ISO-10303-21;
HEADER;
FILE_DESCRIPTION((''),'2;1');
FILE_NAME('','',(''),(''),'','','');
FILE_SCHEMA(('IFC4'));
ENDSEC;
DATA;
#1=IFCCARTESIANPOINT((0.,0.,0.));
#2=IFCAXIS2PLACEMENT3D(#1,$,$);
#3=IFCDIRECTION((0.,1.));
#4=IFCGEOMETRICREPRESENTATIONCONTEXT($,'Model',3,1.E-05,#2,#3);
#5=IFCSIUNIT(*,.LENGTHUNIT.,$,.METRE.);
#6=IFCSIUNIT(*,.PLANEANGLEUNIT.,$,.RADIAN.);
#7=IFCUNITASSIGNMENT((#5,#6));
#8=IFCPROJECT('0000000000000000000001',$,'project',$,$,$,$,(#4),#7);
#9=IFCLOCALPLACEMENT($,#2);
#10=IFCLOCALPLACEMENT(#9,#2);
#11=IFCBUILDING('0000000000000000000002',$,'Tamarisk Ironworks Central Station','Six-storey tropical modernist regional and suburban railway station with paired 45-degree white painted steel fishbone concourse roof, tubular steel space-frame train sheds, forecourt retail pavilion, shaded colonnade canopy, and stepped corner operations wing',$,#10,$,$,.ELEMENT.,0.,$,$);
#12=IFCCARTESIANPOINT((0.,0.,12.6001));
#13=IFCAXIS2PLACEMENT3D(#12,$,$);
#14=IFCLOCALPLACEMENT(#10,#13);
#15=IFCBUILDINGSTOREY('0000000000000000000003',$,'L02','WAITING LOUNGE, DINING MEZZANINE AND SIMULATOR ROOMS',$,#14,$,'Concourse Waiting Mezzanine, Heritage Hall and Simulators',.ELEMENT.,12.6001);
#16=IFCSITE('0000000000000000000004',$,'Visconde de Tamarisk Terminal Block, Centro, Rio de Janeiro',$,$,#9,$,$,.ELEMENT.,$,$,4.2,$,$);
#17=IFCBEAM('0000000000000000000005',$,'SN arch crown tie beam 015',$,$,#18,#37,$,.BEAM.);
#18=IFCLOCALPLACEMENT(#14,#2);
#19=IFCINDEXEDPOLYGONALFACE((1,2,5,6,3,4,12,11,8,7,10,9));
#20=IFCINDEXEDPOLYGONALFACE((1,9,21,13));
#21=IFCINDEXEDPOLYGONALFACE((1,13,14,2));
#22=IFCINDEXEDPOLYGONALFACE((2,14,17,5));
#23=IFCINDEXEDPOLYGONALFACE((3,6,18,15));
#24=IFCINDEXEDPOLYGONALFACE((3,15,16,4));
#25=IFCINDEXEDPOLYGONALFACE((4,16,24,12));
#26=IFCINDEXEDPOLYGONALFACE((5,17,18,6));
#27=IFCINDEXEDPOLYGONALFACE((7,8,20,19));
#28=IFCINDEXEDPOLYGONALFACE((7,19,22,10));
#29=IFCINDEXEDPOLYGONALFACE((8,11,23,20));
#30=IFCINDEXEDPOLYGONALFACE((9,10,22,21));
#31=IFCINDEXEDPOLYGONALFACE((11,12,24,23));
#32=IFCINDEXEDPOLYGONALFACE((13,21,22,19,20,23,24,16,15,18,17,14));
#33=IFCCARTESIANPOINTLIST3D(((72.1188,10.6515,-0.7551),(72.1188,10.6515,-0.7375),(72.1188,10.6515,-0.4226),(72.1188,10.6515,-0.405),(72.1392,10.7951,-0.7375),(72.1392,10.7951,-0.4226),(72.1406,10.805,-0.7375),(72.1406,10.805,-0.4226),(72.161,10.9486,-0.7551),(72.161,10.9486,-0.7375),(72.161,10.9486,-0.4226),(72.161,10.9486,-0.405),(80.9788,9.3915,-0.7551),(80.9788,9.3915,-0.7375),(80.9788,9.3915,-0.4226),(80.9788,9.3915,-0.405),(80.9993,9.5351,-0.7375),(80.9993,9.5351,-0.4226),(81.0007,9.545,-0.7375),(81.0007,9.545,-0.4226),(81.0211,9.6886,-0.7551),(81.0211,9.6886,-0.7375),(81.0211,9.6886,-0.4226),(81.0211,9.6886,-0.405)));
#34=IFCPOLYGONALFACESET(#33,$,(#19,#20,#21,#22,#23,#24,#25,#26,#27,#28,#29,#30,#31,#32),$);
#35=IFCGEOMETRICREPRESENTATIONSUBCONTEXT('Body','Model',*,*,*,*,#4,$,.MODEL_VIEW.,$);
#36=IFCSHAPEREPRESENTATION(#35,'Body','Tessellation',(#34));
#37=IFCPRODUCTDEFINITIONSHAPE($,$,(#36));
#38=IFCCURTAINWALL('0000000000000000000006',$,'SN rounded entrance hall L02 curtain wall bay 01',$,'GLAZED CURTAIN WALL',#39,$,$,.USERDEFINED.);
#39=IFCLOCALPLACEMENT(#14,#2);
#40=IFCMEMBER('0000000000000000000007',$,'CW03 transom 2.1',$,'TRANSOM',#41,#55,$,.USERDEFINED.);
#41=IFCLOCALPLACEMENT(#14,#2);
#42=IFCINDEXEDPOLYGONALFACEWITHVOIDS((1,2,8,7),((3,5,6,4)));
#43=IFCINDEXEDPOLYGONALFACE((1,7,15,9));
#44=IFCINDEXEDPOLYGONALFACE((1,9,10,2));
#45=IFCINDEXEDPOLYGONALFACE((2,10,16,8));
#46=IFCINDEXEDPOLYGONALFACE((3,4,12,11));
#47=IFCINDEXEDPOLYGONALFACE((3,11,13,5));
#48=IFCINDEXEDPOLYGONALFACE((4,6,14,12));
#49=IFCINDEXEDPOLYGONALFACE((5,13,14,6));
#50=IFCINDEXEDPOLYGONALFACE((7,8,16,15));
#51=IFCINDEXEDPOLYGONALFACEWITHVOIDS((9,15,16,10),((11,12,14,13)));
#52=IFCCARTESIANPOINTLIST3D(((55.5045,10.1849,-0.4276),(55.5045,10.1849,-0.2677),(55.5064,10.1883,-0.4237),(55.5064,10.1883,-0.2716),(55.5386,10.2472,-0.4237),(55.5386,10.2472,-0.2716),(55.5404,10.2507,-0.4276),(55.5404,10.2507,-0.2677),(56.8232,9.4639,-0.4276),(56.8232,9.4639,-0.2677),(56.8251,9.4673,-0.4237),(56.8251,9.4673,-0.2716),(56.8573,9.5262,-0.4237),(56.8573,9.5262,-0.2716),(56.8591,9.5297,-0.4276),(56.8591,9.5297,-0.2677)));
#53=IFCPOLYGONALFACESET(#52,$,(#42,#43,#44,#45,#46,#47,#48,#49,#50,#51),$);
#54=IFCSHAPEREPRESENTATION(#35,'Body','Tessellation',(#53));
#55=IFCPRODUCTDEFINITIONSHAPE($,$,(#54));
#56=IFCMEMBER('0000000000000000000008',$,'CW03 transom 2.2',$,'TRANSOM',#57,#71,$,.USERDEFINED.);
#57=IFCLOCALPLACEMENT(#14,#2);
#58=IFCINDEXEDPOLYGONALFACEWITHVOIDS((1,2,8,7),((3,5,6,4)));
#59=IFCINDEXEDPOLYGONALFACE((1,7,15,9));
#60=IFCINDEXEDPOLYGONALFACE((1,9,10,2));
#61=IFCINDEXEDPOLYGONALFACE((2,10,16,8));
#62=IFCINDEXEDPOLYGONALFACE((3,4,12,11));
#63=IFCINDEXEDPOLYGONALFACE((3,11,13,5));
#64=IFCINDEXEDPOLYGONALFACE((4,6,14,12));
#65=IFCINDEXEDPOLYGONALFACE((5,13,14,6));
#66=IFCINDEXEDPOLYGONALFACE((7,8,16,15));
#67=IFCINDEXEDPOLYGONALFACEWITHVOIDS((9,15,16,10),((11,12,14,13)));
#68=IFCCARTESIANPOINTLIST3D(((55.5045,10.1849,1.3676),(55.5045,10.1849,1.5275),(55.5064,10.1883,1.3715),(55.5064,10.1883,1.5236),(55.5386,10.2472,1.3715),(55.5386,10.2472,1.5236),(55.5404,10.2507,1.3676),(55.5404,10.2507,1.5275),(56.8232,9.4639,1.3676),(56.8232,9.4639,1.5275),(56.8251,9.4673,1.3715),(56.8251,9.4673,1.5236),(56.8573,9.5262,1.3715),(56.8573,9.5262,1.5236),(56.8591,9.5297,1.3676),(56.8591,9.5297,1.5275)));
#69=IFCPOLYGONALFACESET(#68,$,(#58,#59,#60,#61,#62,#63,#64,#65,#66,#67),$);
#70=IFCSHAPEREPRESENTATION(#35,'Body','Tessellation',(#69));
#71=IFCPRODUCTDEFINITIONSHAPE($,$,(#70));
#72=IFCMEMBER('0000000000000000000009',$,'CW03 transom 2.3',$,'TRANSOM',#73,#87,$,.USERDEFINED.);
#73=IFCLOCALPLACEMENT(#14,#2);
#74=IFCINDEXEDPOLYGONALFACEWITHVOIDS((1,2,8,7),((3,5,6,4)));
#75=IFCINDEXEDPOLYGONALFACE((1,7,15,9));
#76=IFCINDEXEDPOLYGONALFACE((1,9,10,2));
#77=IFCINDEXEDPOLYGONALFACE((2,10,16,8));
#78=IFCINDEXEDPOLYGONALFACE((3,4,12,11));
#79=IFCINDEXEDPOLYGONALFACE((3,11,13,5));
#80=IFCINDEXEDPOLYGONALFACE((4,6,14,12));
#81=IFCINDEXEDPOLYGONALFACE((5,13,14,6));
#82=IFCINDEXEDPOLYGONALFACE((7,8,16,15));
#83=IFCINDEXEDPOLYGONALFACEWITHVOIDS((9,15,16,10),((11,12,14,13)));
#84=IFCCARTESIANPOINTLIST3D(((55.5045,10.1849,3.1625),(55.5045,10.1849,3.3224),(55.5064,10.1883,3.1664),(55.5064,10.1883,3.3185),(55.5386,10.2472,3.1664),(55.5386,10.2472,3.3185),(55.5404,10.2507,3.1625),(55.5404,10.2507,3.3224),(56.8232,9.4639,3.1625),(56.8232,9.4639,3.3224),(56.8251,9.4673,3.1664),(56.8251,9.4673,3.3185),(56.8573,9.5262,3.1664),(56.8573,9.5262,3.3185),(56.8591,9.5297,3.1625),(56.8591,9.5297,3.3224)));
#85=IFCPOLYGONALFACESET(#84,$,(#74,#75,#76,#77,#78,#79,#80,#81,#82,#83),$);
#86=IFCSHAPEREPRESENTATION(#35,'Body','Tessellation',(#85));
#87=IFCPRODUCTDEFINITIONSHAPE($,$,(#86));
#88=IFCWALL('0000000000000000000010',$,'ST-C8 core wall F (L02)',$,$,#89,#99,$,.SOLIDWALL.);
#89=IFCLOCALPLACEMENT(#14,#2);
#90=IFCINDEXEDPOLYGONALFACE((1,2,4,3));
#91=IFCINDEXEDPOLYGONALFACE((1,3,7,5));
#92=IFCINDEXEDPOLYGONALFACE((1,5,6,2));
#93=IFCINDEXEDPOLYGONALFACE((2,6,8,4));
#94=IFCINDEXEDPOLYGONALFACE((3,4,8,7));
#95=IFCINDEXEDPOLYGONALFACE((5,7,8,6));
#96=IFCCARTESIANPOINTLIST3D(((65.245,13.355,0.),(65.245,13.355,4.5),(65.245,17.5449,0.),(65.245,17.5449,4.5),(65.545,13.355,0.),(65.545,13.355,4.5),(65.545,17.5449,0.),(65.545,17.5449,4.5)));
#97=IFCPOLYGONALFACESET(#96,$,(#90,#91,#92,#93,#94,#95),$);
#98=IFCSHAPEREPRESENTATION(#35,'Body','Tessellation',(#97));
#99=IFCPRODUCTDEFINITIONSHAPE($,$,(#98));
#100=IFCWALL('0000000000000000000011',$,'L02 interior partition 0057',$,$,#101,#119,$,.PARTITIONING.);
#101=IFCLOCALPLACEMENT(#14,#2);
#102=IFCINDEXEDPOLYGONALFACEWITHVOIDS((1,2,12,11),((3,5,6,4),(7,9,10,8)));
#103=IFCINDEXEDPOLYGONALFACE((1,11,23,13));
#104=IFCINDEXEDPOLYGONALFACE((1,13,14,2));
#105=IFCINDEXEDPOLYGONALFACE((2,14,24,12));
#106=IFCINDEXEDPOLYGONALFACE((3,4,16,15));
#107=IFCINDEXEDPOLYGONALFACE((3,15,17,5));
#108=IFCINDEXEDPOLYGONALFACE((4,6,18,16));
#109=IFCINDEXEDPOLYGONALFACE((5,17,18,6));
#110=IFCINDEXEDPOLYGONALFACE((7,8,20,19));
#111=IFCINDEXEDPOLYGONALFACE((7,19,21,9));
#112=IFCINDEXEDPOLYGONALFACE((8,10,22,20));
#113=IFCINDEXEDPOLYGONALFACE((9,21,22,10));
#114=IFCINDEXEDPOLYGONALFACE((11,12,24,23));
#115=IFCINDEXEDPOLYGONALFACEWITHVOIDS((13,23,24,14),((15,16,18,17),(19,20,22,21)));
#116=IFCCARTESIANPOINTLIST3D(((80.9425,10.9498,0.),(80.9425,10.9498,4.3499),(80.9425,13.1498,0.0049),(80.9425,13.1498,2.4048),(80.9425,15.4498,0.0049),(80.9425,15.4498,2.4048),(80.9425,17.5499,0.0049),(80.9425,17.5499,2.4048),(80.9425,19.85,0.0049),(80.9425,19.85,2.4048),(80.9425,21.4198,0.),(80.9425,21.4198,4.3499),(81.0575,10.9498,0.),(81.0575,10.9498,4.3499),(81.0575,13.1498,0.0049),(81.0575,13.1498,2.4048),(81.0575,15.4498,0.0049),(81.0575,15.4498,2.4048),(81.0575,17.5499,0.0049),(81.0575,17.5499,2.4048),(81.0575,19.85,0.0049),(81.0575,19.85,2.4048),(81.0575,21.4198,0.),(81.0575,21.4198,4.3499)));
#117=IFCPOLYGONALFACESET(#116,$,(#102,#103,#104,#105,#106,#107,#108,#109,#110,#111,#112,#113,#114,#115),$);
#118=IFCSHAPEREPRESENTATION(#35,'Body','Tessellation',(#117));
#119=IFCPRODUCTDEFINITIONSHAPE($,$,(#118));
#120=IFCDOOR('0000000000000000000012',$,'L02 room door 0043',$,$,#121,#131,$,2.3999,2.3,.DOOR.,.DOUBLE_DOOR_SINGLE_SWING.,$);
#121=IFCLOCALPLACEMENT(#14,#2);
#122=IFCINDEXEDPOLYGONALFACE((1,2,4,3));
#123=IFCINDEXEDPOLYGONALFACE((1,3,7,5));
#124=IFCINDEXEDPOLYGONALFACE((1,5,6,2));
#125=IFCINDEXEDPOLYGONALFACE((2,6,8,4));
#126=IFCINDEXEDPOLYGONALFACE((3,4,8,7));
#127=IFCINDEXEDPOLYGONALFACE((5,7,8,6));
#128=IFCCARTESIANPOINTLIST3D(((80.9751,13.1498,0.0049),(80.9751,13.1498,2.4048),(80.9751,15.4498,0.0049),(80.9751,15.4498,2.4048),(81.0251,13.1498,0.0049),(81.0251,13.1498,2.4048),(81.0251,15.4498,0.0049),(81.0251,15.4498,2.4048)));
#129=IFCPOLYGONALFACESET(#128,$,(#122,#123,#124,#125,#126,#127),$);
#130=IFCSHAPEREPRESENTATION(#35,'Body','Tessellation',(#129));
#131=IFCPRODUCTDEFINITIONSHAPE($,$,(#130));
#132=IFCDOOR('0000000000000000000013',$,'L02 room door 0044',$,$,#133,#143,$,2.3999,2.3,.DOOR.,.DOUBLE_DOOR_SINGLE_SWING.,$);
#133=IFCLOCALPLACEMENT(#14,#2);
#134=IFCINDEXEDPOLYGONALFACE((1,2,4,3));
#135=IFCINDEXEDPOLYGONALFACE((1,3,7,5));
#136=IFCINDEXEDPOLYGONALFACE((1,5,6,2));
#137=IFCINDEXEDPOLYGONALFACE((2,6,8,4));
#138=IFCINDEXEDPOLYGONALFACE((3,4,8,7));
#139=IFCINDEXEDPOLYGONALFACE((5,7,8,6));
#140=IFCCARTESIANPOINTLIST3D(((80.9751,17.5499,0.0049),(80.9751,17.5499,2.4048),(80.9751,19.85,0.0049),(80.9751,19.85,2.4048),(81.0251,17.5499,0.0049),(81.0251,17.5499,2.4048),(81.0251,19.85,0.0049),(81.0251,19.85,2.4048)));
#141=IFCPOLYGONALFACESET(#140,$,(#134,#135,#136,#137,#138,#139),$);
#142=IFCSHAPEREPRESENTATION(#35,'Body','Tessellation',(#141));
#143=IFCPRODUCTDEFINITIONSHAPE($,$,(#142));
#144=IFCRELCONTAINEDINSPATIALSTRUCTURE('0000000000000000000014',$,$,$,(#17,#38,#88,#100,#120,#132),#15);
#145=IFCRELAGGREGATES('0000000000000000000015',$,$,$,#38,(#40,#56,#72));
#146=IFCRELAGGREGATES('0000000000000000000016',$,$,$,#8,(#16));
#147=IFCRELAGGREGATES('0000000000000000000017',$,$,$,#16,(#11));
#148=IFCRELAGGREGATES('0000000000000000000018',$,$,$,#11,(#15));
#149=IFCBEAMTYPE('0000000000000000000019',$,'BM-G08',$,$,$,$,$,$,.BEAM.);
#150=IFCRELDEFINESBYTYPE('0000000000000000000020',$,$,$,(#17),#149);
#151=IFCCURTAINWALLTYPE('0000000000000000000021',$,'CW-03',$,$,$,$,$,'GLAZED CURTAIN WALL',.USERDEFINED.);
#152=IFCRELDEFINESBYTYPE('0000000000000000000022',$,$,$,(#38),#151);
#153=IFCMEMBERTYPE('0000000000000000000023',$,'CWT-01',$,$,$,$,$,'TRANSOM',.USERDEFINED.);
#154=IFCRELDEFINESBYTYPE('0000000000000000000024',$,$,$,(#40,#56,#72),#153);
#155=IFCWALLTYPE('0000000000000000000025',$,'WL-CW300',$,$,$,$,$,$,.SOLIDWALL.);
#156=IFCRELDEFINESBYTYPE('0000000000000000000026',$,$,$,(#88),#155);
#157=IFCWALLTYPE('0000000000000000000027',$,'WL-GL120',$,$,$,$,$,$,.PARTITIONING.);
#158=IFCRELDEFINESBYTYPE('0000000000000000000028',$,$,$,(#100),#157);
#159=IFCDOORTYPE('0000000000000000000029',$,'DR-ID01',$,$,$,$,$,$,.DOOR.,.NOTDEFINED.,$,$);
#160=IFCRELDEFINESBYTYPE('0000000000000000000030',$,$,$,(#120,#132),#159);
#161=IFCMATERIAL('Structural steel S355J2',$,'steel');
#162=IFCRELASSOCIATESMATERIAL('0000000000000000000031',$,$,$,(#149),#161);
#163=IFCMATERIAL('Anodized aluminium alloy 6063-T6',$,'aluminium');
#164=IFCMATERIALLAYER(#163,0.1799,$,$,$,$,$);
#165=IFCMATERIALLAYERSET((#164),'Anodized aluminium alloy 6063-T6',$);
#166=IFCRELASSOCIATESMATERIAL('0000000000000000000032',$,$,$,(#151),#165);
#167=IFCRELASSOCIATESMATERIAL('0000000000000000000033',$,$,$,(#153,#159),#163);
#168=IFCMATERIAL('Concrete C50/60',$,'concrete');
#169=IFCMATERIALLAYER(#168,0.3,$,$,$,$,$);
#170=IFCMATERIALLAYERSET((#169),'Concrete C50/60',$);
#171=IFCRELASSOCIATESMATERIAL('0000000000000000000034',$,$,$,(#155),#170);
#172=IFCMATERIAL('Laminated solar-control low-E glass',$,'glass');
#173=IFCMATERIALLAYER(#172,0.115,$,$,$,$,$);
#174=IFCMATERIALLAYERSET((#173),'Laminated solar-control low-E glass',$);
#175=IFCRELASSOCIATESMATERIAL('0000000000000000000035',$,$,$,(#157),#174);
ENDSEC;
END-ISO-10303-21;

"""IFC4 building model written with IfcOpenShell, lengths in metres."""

from ifc_helpers import new_model, si_unit, direction, frame, frame_2d, origin, origin_2d, place, context, subcontext, project, spatial, rectangle, hollow_rectangle, i_section, extrude, material, layer, layer_set, material_profile, profile_set, type_object, element, fill, aggregate, save


model = new_model("IFC4")

# Units and contexts
model_context = context("Model", 3, precision=1e-05, world=origin(), true_north=direction((0.0, 1.0)))
body_context = subcontext(model_context, "Body", "Model", "MODEL_VIEW")
ifc_project = project(units=[si_unit("LENGTHUNIT", "METRE"), si_unit("PLANEANGLEUNIT", "RADIAN")], contexts=[model_context])

# Site, building, storey
site_placement = place(None, origin())
site = spatial("IfcSite", under=ifc_project, at=site_placement, Name="Visconde de Tamarisk Terminal Block, Centro, Rio de Janeiro", CompositionType="ELEMENT", RefElevation=4.2)
building_placement = place(site_placement, origin())
building = spatial("IfcBuilding", under=site, at=building_placement, Name="Tamarisk Ironworks Central Station", Description="Six-storey tropical modernist regional and suburban railway station with paired 45-degree white painted steel fishbone concourse roof, tubular steel space-frame train sheds, forecourt retail pavilion, shaded colonnade canopy, and stepped corner operations wing", CompositionType="ELEMENT", ElevationOfRefHeight=0.0)
storey_placement = place(building_placement, frame((0.0, 0.0, 12.6001)))
storey = spatial("IfcBuildingStorey", under=building, at=storey_placement, Name="L02", Description="WAITING LOUNGE, DINING MEZZANINE AND SIMULATOR ROOMS", LongName="Concourse Waiting Mezzanine, Heritage Hall and Simulators", CompositionType="ELEMENT", Elevation=12.6001)

# Shared definitions
ifc_material_1 = material(Name="Structural steel S355J2", Category="steel")

# Beam
ifc_material_profile_1 = material_profile(ifc_material_1, i_section(OverallWidth=0.3, OverallDepth=0.3501, WebThickness=0.01, FlangeThickness=0.0176, at=origin_2d()), Name="HEA 360")
ifc_profile_set_1 = profile_set([ifc_material_profile_1], Name="Structural steel S355J2")
beam_type_1 = type_object("IfcBeamType", Name="BM-G08", PredefinedType="BEAM", material=ifc_profile_set_1)
beam_1_placement = place(storey_placement, frame((72.1399, 10.8, -0.5801), z_axis=(0.990039, -0.140795, 0.0), x_axis=(0.140795, 0.990039, 0.0)))
element("IfcBeam", 1, at=beam_1_placement, inside=storey, type_object=beam_type_1, Name="SN arch crown tie beam 015", PredefinedType="BEAM", context=body_context, shape_type="SweptSolid", body=[
    extrude(i_section(OverallWidth=0.3, OverallDepth=0.3501, WebThickness=0.01, FlangeThickness=0.0176, at=origin_2d()), origin(), (0.0, 0.0, 1.0), 8.9492),
])

# Curtain wall, members
ifc_material_2 = material(Name="Anodized aluminium alloy 6063-T6", Category="aluminium")
ifc_layer_1 = layer(ifc_material_2, 0.1799)
ifc_layer_set_1 = layer_set([ifc_layer_1], Name="Anodized aluminium alloy 6063-T6")
curtain_wall_type = type_object("IfcCurtainWallType", Name="CW-03", ElementType="GLAZED CURTAIN WALL", PredefinedType="USERDEFINED", material=ifc_layer_set_1)
curtain_wall_placement = place(storey_placement, origin())
curtain_wall = element("IfcCurtainWall", 2, at=curtain_wall_placement, inside=storey, type_object=curtain_wall_type, Name="SN rounded entrance hall L02 curtain wall bay 01", ObjectType="GLAZED CURTAIN WALL", PredefinedType="USERDEFINED")
ifc_material_profile_2 = material_profile(ifc_material_2, hollow_rectangle(XDim=0.075, YDim=0.1599, WallThickness=0.0039, at=origin_2d()), Name="ALUM 160x75")
ifc_profile_set_2 = profile_set([ifc_material_profile_2], Name="Anodized aluminium alloy 6063-T6")
member_type = type_object("IfcMemberType", Name="CWT-01", ElementType="TRANSOM", PredefinedType="USERDEFINED", material=ifc_profile_set_2)
member_1_placement = place(storey_placement, frame((55.5225, 10.2178, -0.3477), z_axis=(0.877417, -0.479728, 0.0), x_axis=(0.479728, 0.877417, 0.0)))
member_1 = element("IfcMember", 3, at=member_1_placement, type_object=member_type, Name="CW03 transom 2.1", ObjectType="TRANSOM", PredefinedType="USERDEFINED", context=body_context, shape_type="SweptSolid", body=[
    extrude(hollow_rectangle(XDim=0.075, YDim=0.1599, WallThickness=0.0039, at=origin_2d()), origin(), (0.0, 0.0, 1.0), 1.5029),
])
member_2_placement = place(storey_placement, frame((55.5225, 10.2178, 1.4475), z_axis=(0.877417, -0.479728, 0.0), x_axis=(0.479728, 0.877417, 0.0)))
member_2 = element("IfcMember", 4, at=member_2_placement, type_object=member_type, Name="CW03 transom 2.2", ObjectType="TRANSOM", PredefinedType="USERDEFINED", context=body_context, shape_type="SweptSolid", body=[
    extrude(hollow_rectangle(XDim=0.075, YDim=0.1599, WallThickness=0.0039, at=origin_2d()), origin(), (0.0, 0.0, 1.0), 1.5029),
])
member_3_placement = place(storey_placement, frame((55.5225, 10.2178, 3.2424), z_axis=(0.877417, -0.479728, 0.0), x_axis=(0.479728, 0.877417, 0.0)))
member_3 = element("IfcMember", 5, at=member_3_placement, type_object=member_type, Name="CW03 transom 2.3", ObjectType="TRANSOM", PredefinedType="USERDEFINED", context=body_context, shape_type="SweptSolid", body=[
    extrude(hollow_rectangle(XDim=0.075, YDim=0.1599, WallThickness=0.0039, at=origin_2d()), origin(), (0.0, 0.0, 1.0), 1.5029),
])
aggregate(curtain_wall, [member_1, member_2, member_3])

# Wall
ifc_material_3 = material(Name="Concrete C50/60", Category="concrete")
ifc_layer_2 = layer(ifc_material_3, 0.3)
ifc_layer_set_2 = layer_set([ifc_layer_2], Name="Concrete C50/60")
wall_type_1 = type_object("IfcWallType", Name="WL-CW300", PredefinedType="SOLIDWALL", material=ifc_layer_set_2)
wall_1_placement = place(storey_placement, frame((65.395, 13.355, 0.0), z_axis=(0.0, 0.0, 1.0), x_axis=(0.0, 1.0, 0.0)))
element("IfcWall", 6, at=wall_1_placement, inside=storey, type_object=wall_type_1, Name="ST-C8 core wall F (L02)", PredefinedType="SOLIDWALL", context=body_context, shape_type="SweptSolid", body=[
    extrude(rectangle(XDim=4.1899, YDim=0.3, at=frame_2d((2.095, 0.0))), origin(), (0.0, 0.0, 1.0), 4.5),
])

# Wall, openings, doors
ifc_material_4 = material(Name="Laminated solar-control low-E glass", Category="glass")
ifc_layer_3 = layer(ifc_material_4, 0.115)
ifc_layer_set_3 = layer_set([ifc_layer_3], Name="Laminated solar-control low-E glass")
wall_type_2 = type_object("IfcWallType", Name="WL-GL120", PredefinedType="PARTITIONING", material=ifc_layer_set_3)
wall_2_placement = place(storey_placement, frame((81.0, 10.95, 0.0), z_axis=(0.0, 0.0, 1.0), x_axis=(0.0, 1.0, 0.0)))
wall_2 = element("IfcWall", 7, at=wall_2_placement, inside=storey, type_object=wall_type_2, Name="L02 interior partition 0057", PredefinedType="PARTITIONING", context=body_context, shape_type="SweptSolid", body=[
    extrude(rectangle(XDim=10.47, YDim=0.115, at=frame_2d((5.2349, 0.0))), origin(), (0.0, 0.0, 1.0), 4.3499),
])
opening_1_placement = place(wall_2_placement, frame((2.2, 0.0, 0.0049)))
opening_1 = element("IfcOpeningElement", 8, at=opening_1_placement, cuts=wall_2, PredefinedType="OPENING", context=body_context, shape_type="SweptSolid", body=[
    extrude(rectangle(XDim=2.3, YDim=2.3999, at=frame_2d((1.1499, 1.2))), frame((0.0, 0.0693, 0.0), z_axis=(0.0, -1.0, 0.0), x_axis=(1.0, 0.0, 0.0)), (0.0, 0.0, 1.0), 0.1389),
])
opening_2_placement = place(wall_2_placement, frame((6.6001, 0.0, 0.0049)))
opening_2 = element("IfcOpeningElement", 9, at=opening_2_placement, cuts=wall_2, PredefinedType="OPENING", context=body_context, shape_type="SweptSolid", body=[
    extrude(rectangle(XDim=2.3, YDim=2.3999, at=frame_2d((1.1499, 1.2))), frame((0.0, 0.0693, 0.0), z_axis=(0.0, -1.0, 0.0), x_axis=(1.0, 0.0, 0.0)), (0.0, 0.0, 1.0), 0.1389),
])
door_type = type_object("IfcDoorType", Name="DR-ID01", OperationType="NOTDEFINED", PredefinedType="DOOR", material=ifc_material_2)
door_1_placement = place(opening_1_placement, origin())
door_1 = element("IfcDoor", 10, at=door_1_placement, inside=storey, type_object=door_type, Name="L02 room door 0043", OperationType="DOUBLE_DOOR_SINGLE_SWING", OverallHeight=2.3999, OverallWidth=2.3, PredefinedType="DOOR", context=body_context, shape_type="SweptSolid", body=[
    extrude(rectangle(XDim=2.3, YDim=2.3999, at=frame_2d((1.1499, 1.2))), frame((0.0, 0.0249, 0.0), z_axis=(0.0, -1.0, 0.0), x_axis=(1.0, 0.0, 0.0)), (0.0, 0.0, 1.0), 0.05),
])
fill(opening_1, door_1)
door_2_placement = place(opening_2_placement, origin())
door_2 = element("IfcDoor", 11, at=door_2_placement, inside=storey, type_object=door_type, Name="L02 room door 0044", OperationType="DOUBLE_DOOR_SINGLE_SWING", OverallHeight=2.3999, OverallWidth=2.3, PredefinedType="DOOR", context=body_context, shape_type="SweptSolid", body=[
    extrude(rectangle(XDim=2.3, YDim=2.3999, at=frame_2d((1.1499, 1.2))), frame((0.0, 0.0249, 0.0), z_axis=(0.0, -1.0, 0.0), x_axis=(1.0, 0.0, 0.0)), (0.0, 0.0, 1.0), 0.05),
])
fill(opening_2, door_2)

save(model, "model.ifc")
